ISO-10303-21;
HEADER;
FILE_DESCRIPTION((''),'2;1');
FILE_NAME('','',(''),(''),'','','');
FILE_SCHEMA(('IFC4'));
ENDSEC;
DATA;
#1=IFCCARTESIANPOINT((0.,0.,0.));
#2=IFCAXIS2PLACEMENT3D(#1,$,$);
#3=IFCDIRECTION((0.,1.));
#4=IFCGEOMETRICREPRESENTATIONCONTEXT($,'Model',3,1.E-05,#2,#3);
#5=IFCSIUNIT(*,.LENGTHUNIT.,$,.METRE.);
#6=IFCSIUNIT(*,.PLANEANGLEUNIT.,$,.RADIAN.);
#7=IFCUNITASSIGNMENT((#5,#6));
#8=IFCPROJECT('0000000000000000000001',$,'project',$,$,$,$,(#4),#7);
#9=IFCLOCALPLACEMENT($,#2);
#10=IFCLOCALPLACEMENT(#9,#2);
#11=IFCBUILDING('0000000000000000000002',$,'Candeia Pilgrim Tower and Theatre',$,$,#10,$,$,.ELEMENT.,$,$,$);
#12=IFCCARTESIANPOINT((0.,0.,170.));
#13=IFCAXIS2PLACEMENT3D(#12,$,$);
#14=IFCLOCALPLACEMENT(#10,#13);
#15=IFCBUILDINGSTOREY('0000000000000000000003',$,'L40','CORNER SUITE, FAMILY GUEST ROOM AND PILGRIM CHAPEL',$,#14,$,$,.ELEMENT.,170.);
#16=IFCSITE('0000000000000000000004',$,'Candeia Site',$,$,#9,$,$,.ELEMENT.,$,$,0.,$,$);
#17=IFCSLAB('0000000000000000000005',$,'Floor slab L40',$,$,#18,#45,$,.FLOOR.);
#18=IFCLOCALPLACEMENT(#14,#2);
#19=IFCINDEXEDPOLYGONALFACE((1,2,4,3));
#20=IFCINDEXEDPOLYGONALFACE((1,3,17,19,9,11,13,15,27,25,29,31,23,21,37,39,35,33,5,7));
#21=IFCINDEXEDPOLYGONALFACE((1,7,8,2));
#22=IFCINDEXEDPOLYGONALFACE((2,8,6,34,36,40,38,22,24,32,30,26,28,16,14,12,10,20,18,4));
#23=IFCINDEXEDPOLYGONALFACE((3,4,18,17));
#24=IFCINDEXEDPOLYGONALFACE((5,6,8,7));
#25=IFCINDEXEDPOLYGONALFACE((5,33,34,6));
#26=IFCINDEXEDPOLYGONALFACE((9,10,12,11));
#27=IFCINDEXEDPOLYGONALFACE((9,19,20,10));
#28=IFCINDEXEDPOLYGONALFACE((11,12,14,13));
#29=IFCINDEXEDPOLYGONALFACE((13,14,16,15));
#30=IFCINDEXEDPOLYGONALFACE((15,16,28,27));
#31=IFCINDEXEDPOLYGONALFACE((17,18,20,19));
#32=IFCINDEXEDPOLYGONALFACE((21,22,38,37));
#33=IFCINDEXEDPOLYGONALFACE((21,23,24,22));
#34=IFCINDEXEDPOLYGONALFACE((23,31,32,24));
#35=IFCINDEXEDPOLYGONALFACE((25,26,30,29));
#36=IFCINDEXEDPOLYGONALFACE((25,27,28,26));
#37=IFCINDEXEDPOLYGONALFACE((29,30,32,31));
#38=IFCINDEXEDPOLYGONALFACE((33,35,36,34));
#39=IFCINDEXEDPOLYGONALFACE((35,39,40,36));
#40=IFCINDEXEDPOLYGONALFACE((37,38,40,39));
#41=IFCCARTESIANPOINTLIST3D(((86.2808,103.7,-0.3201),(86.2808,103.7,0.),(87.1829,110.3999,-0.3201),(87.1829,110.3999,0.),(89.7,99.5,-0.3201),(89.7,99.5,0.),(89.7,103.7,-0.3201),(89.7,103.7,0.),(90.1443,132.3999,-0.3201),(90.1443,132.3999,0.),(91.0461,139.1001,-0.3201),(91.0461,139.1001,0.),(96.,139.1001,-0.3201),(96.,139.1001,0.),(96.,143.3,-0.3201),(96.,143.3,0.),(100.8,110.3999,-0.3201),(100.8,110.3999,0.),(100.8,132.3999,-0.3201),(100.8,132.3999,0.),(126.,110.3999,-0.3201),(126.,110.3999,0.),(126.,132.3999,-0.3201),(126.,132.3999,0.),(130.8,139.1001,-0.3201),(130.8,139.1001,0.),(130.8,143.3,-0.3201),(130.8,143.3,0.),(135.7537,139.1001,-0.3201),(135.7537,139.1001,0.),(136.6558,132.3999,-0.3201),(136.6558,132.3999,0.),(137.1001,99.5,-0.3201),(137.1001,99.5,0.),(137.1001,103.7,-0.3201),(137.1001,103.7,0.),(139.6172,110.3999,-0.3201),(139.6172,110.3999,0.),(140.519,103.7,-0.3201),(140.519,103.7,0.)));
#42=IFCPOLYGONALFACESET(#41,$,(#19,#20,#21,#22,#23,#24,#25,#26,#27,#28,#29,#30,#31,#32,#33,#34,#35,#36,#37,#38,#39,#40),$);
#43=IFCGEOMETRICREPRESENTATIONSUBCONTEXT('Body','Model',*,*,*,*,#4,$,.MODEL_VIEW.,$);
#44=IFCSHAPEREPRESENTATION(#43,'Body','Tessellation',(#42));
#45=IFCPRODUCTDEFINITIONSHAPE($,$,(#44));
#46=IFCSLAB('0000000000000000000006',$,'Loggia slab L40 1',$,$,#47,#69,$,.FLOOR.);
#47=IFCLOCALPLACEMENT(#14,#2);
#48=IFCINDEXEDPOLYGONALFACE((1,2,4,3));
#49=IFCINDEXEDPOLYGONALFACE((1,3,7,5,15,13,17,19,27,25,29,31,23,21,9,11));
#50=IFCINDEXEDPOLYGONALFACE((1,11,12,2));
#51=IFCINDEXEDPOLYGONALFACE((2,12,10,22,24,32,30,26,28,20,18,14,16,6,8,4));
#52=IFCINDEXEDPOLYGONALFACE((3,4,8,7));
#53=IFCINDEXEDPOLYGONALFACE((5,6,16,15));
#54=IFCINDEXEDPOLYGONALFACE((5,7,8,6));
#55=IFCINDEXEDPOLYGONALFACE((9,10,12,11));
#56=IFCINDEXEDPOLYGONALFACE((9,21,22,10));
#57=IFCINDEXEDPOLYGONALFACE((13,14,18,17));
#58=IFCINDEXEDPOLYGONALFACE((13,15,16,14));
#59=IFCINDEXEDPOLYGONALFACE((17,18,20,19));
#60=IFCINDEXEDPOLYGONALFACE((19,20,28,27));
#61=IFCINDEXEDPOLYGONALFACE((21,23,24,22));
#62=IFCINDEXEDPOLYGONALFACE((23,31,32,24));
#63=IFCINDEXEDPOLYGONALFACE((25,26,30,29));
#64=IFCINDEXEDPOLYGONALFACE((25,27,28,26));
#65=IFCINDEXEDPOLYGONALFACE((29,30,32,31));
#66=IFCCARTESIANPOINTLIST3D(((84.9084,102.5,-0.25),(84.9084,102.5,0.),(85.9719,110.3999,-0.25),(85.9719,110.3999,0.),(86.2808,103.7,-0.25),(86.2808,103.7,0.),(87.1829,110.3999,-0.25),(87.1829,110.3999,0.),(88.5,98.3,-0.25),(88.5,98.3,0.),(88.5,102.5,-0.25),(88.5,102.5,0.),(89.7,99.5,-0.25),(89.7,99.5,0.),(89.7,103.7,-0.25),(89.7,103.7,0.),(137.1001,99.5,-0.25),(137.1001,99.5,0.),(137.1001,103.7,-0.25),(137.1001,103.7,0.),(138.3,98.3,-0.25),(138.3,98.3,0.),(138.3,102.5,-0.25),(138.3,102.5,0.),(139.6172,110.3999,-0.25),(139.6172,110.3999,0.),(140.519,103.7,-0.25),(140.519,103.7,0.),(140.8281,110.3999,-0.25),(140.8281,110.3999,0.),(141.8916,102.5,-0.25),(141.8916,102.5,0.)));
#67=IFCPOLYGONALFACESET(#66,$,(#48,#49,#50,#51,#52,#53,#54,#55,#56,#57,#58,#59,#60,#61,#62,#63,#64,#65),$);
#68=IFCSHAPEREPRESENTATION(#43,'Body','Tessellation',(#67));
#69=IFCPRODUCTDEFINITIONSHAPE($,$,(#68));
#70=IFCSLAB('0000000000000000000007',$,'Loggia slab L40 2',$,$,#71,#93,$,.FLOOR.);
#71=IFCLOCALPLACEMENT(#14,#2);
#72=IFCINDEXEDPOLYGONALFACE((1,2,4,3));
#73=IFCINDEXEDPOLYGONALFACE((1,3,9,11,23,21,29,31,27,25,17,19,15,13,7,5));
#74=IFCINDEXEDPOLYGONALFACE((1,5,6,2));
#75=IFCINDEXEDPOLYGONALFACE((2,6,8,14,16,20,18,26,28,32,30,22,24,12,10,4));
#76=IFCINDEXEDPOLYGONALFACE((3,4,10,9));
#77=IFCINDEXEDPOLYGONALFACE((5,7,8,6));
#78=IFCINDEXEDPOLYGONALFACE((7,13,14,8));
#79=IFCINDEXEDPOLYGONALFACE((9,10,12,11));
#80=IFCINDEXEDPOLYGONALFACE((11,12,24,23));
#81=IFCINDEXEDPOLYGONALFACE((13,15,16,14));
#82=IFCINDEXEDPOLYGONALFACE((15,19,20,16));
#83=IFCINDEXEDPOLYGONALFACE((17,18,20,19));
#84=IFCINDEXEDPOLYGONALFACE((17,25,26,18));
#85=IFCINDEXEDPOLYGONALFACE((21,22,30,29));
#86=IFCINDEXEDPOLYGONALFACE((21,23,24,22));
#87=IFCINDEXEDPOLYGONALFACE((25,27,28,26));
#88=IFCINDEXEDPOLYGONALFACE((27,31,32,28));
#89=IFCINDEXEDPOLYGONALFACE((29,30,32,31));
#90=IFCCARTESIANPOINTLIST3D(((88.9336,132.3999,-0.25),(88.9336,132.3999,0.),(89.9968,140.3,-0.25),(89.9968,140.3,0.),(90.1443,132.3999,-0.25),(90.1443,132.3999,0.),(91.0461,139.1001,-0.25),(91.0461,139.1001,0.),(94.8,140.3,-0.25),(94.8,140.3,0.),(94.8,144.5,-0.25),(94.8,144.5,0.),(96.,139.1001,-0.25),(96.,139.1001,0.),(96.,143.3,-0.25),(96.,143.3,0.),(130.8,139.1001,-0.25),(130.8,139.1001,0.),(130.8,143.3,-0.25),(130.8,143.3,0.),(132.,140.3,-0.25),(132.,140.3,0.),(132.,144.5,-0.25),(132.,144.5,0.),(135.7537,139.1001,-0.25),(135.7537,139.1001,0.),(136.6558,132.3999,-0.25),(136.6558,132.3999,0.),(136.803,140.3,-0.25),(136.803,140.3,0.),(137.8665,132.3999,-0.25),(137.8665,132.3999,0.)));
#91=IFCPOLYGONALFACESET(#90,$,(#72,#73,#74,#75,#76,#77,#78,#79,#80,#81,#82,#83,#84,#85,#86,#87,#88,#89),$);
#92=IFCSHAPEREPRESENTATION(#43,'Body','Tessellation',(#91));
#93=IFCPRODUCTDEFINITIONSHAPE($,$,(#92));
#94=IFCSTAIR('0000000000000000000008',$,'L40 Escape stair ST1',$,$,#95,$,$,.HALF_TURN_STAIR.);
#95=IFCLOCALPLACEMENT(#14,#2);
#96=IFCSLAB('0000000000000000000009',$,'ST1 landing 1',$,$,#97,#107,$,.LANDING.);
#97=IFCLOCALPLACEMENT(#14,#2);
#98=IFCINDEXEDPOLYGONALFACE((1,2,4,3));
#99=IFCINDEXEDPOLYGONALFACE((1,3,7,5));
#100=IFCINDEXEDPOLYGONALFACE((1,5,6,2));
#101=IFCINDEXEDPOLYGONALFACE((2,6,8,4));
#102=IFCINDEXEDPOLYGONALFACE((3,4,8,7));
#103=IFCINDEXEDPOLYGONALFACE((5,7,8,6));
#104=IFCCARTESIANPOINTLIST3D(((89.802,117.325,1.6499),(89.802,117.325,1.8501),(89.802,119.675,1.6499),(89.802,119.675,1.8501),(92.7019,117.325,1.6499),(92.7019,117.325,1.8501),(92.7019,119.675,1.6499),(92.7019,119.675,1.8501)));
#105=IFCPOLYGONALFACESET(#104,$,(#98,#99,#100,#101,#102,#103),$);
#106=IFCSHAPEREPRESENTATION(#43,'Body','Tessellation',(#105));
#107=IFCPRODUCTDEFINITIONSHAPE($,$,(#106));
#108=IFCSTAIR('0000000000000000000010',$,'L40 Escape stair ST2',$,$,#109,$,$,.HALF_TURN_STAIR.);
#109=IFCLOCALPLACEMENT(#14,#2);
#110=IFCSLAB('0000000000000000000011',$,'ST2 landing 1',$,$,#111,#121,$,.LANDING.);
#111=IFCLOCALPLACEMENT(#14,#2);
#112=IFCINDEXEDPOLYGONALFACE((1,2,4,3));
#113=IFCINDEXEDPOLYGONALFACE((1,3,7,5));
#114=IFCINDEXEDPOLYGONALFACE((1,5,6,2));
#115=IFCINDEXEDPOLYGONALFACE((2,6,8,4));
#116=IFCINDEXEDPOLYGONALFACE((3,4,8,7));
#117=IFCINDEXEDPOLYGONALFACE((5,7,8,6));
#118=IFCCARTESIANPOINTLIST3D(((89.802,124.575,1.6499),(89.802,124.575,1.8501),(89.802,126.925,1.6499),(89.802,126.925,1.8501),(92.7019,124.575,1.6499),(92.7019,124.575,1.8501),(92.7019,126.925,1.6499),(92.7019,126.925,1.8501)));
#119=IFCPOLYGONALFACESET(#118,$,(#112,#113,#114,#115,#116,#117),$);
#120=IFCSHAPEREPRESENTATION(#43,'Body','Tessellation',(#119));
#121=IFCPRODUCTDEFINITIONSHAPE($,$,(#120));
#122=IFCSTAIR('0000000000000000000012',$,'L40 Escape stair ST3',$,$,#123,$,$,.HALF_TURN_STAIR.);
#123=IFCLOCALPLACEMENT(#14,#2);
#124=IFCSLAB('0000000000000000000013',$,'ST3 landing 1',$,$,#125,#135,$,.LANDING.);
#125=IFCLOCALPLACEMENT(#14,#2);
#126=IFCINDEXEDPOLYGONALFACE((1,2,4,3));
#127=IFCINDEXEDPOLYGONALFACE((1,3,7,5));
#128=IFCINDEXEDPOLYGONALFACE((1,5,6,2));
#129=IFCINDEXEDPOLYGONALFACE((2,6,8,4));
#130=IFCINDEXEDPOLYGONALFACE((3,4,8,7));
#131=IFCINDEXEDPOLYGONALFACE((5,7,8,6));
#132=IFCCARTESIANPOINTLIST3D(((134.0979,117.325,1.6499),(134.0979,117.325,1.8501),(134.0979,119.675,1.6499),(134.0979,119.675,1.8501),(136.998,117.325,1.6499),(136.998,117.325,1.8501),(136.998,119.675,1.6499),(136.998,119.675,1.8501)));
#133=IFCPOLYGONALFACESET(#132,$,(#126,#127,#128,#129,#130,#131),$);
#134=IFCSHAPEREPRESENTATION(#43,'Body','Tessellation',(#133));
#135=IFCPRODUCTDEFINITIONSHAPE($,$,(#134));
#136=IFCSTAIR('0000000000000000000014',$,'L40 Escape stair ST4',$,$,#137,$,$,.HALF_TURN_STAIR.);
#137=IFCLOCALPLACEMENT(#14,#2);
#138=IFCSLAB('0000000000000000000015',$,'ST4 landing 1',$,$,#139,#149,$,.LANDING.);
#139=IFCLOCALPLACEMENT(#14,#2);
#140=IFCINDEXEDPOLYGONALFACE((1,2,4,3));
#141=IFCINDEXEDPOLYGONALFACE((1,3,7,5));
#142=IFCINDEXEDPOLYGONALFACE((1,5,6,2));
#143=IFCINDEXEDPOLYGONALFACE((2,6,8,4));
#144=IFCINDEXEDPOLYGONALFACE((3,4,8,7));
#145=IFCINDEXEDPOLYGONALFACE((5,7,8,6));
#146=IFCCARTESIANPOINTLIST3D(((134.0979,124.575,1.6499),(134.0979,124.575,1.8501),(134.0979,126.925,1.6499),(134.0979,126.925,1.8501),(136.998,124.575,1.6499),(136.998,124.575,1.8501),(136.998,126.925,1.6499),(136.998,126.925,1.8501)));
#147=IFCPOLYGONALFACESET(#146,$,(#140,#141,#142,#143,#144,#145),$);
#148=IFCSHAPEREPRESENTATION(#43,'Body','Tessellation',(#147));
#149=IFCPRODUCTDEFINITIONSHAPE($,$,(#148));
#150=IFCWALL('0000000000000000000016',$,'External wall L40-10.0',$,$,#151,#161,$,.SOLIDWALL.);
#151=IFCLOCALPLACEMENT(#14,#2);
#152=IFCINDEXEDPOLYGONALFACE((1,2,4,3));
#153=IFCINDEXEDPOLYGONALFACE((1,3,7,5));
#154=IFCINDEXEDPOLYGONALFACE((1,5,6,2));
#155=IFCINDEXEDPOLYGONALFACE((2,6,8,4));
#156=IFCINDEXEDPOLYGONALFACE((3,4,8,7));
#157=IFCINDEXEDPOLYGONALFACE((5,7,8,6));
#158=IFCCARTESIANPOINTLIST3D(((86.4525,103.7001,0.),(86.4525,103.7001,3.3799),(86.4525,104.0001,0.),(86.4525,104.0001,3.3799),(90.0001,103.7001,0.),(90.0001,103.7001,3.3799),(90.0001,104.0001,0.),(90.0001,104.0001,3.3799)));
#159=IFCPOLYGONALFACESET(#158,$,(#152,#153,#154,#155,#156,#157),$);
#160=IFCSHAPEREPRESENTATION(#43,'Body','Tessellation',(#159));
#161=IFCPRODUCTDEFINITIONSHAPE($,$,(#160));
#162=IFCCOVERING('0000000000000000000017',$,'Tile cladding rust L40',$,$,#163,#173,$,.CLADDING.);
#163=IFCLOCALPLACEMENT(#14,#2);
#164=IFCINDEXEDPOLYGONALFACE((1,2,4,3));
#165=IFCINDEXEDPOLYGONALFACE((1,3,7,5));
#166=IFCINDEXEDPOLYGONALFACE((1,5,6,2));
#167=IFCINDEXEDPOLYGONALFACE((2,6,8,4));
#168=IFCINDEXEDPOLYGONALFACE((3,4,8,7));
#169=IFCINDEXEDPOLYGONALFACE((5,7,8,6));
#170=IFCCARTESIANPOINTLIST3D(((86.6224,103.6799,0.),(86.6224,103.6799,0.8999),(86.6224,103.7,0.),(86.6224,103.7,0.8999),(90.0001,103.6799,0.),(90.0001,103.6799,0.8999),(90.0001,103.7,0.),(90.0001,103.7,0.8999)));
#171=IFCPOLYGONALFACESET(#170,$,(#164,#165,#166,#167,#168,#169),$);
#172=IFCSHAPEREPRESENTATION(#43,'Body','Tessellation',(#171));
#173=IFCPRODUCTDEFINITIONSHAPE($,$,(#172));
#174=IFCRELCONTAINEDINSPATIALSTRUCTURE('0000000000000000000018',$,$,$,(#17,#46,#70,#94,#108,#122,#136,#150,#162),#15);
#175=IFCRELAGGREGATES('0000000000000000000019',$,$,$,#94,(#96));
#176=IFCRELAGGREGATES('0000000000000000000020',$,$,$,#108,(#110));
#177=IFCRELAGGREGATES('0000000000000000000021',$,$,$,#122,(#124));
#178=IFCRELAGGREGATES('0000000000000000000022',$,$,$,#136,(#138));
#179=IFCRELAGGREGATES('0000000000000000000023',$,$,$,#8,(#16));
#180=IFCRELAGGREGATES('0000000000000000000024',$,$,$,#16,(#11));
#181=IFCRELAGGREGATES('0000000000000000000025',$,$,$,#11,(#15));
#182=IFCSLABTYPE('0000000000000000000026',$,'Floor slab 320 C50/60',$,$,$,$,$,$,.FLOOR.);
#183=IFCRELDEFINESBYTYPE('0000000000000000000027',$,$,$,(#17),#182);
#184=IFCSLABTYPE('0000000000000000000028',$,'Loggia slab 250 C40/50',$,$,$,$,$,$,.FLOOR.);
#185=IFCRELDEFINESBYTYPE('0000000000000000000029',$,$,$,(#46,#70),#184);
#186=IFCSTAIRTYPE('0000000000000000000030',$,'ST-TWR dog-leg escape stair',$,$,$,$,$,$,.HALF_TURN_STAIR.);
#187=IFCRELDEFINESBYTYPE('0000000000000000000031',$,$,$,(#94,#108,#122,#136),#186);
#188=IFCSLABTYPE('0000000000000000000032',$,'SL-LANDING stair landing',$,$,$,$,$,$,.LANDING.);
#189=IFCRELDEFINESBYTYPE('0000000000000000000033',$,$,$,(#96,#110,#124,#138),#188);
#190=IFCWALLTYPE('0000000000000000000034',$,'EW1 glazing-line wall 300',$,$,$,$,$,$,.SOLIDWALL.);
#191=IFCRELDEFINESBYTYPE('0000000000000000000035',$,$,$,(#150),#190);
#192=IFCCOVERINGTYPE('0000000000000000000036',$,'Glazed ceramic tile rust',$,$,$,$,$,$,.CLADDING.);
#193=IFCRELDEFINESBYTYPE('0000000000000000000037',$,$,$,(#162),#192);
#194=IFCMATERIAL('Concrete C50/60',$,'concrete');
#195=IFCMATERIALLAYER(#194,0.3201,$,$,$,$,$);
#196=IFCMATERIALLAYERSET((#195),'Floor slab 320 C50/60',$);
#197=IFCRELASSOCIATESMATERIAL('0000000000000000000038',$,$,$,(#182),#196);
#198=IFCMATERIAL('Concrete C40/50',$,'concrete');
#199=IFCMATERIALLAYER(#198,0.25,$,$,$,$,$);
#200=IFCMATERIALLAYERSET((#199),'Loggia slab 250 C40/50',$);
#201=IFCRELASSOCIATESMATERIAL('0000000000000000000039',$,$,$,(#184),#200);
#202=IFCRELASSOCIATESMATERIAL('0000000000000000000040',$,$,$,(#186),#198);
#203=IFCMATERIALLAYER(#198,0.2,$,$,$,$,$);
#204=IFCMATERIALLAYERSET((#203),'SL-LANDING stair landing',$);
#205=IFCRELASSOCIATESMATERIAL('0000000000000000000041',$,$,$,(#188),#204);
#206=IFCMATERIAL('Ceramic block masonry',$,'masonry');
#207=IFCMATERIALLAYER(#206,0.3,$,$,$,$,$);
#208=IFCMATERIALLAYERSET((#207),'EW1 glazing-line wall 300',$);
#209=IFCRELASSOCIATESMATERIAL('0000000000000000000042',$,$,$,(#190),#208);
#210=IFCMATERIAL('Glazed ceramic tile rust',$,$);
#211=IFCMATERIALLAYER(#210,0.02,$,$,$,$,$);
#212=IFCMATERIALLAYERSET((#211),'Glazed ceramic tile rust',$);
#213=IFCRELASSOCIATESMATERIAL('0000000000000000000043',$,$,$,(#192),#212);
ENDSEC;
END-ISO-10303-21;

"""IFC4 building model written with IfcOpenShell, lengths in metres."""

from ifc_helpers import new_model, si_unit, direction, frame, frame_2d, origin, origin_2d, place, context, subcontext, project, spatial, polyline, rectangle, outline, extrude, material, layer, layer_set, type_object, element, aggregate, save


model = new_model("IFC4")

# Units and contexts
model_context = context("Model", 3, precision=1e-05, world=origin(), true_north=direction((0.0, 1.0)))
body_context = subcontext(model_context, "Body", "Model", "MODEL_VIEW")
ifc_project = project(units=[si_unit("LENGTHUNIT", "METRE"), si_unit("PLANEANGLEUNIT", "RADIAN")], contexts=[model_context])

# Site, building, storey
site_placement = place(None, origin())
site = spatial("IfcSite", under=ifc_project, at=site_placement, Name="Candeia Site", CompositionType="ELEMENT", RefElevation=0.0)
building_placement = place(site_placement, origin())
building = spatial("IfcBuilding", under=site, at=building_placement, Name="Candeia Pilgrim Tower and Theatre", CompositionType="ELEMENT")
storey_placement = place(building_placement, frame((0.0, 0.0, 170.0)))
storey = spatial("IfcBuildingStorey", under=building, at=storey_placement, Name="L40", Description="CORNER SUITE, FAMILY GUEST ROOM AND PILGRIM CHAPEL", CompositionType="ELEMENT", Elevation=170.0)

# Slabs
ifc_material_1 = material(Name="Concrete C40/50", Category="concrete")
ifc_material_2 = material(Name="Concrete C50/60", Category="concrete")
ifc_layer_1 = layer(ifc_material_2, 0.3201)
ifc_layer_set_1 = layer_set([ifc_layer_1], Name="Floor slab 320 C50/60")
slab_type_1 = type_object("IfcSlabType", Name="Floor slab 320 C50/60", PredefinedType="FLOOR", material=ifc_layer_set_1)
slab_1_placement = place(storey_placement, frame((0.0, 0.0, -0.3201)))
element("IfcSlab", 1, at=slab_1_placement, inside=storey, type_object=slab_type_1, Name="Floor slab L40", PredefinedType="FLOOR", context=body_context, shape_type="SweptSolid", body=[
    extrude(outline(polyline([(96.0, 139.1001), (96.0, 143.3), (130.8, 143.3), (130.8, 139.1001), (135.7537, 139.1001), (136.6558, 132.3999), (126.0, 132.3999), (126.0, 110.3999), (139.6172, 110.3999), (140.519, 103.7), (137.1001, 103.7), (137.1001, 99.5), (89.7, 99.5), (89.7, 103.7), (86.2808, 103.7), (87.1829, 110.3999), (100.8, 110.3999), (100.8, 132.3999), (90.1443, 132.3999), (91.0461, 139.1001), (96.0, 139.1001)])), origin(), (0.0, 0.0, 1.0), 0.3201),
])
ifc_layer_2 = layer(ifc_material_1, 0.25)
ifc_layer_set_2 = layer_set([ifc_layer_2], Name="Loggia slab 250 C40/50")
slab_type_2 = type_object("IfcSlabType", Name="Loggia slab 250 C40/50", PredefinedType="FLOOR", material=ifc_layer_set_2)
slab_2_placement = place(storey_placement, frame((0.0, 0.0, -0.25)))
element("IfcSlab", 2, at=slab_2_placement, inside=storey, type_object=slab_type_2, Name="Loggia slab L40 1", PredefinedType="FLOOR", context=body_context, shape_type="SweptSolid", body=[
    extrude(outline(polyline([(87.1829, 110.3999), (86.2808, 103.7), (89.7, 103.7), (89.7, 99.5), (137.1001, 99.5), (137.1001, 103.7), (140.519, 103.7), (139.6172, 110.3999), (140.8281, 110.3999), (141.8916, 102.5), (138.3, 102.5), (138.3, 98.3), (88.5, 98.3), (88.5, 102.5), (84.9084, 102.5), (85.9719, 110.3999), (87.1829, 110.3999)])), origin(), (0.0, 0.0, 1.0), 0.25),
])
slab_3_placement = place(storey_placement, frame((0.0, 0.0, -0.25)))
element("IfcSlab", 3, at=slab_3_placement, inside=storey, type_object=slab_type_2, Name="Loggia slab L40 2", PredefinedType="FLOOR", context=body_context, shape_type="SweptSolid", body=[
    extrude(outline(polyline([(136.6558, 132.3999), (135.7537, 139.1001), (130.8, 139.1001), (130.8, 143.3), (96.0, 143.3), (96.0, 139.1001), (91.0461, 139.1001), (90.1443, 132.3999), (88.9336, 132.3999), (89.9968, 140.3), (94.8, 140.3), (94.8, 144.5), (132.0, 144.5), (132.0, 140.3), (136.803, 140.3), (137.8665, 132.3999), (136.6558, 132.3999)])), origin(), (0.0, 0.0, 1.0), 0.25),
])

# Stairs, slabs
stair_type = type_object("IfcStairType", Name="ST-TWR dog-leg escape stair", PredefinedType="HALF_TURN_STAIR", material=ifc_material_1)
stair_1_placement = place(storey_placement, origin())
stair_1 = element("IfcStair", 4, at=stair_1_placement, inside=storey, type_object=stair_type, Name="L40 Escape stair ST1", PredefinedType="HALF_TURN_STAIR")
ifc_layer_3 = layer(ifc_material_1, 0.2)
ifc_layer_set_3 = layer_set([ifc_layer_3], Name="SL-LANDING stair landing")
slab_type_3 = type_object("IfcSlabType", Name="SL-LANDING stair landing", PredefinedType="LANDING", material=ifc_layer_set_3)
slab_4_placement = place(storey_placement, frame((0.0, 0.0, 1.6499)))
slab_4 = element("IfcSlab", 5, at=slab_4_placement, type_object=slab_type_3, Name="ST1 landing 1", PredefinedType="LANDING", context=body_context, shape_type="SweptSolid", body=[
    extrude(outline(polyline([(89.802, 119.675), (89.802, 117.325), (92.7019, 117.325), (92.7019, 119.675), (89.802, 119.675)])), origin(), (0.0, 0.0, 1.0), 0.2002),
])
aggregate(stair_1, [slab_4])
stair_2_placement = place(storey_placement, origin())
stair_2 = element("IfcStair", 6, at=stair_2_placement, inside=storey, type_object=stair_type, Name="L40 Escape stair ST2", PredefinedType="HALF_TURN_STAIR")
slab_5_placement = place(storey_placement, frame((0.0, 0.0, 1.6499)))
slab_5 = element("IfcSlab", 7, at=slab_5_placement, type_object=slab_type_3, Name="ST2 landing 1", PredefinedType="LANDING", context=body_context, shape_type="SweptSolid", body=[
    extrude(outline(polyline([(89.802, 126.925), (89.802, 124.575), (92.7019, 124.575), (92.7019, 126.925), (89.802, 126.925)])), origin(), (0.0, 0.0, 1.0), 0.2002),
])
aggregate(stair_2, [slab_5])
stair_3_placement = place(storey_placement, origin())
stair_3 = element("IfcStair", 8, at=stair_3_placement, inside=storey, type_object=stair_type, Name="L40 Escape stair ST3", PredefinedType="HALF_TURN_STAIR")
slab_6_placement = place(storey_placement, frame((0.0, 0.0, 1.6499)))
slab_6 = element("IfcSlab", 9, at=slab_6_placement, type_object=slab_type_3, Name="ST3 landing 1", PredefinedType="LANDING", context=body_context, shape_type="SweptSolid", body=[
    extrude(outline(polyline([(134.0979, 119.675), (134.0979, 117.325), (136.998, 117.325), (136.998, 119.675), (134.0979, 119.675)])), origin(), (0.0, 0.0, 1.0), 0.2002),
])
aggregate(stair_3, [slab_6])
stair_4_placement = place(storey_placement, origin())
stair_4 = element("IfcStair", 10, at=stair_4_placement, inside=storey, type_object=stair_type, Name="L40 Escape stair ST4", PredefinedType="HALF_TURN_STAIR")
slab_7_placement = place(storey_placement, frame((0.0, 0.0, 1.6499)))
slab_7 = element("IfcSlab", 11, at=slab_7_placement, type_object=slab_type_3, Name="ST4 landing 1", PredefinedType="LANDING", context=body_context, shape_type="SweptSolid", body=[
    extrude(outline(polyline([(134.0979, 126.925), (134.0979, 124.575), (136.998, 124.575), (136.998, 126.925), (134.0979, 126.925)])), origin(), (0.0, 0.0, 1.0), 0.2002),
])
aggregate(stair_4, [slab_7])

# Wall
ifc_material_3 = material(Name="Ceramic block masonry", Category="masonry")
ifc_layer_4 = layer(ifc_material_3, 0.3)
ifc_layer_set_4 = layer_set([ifc_layer_4], Name="EW1 glazing-line wall 300")
wall_type = type_object("IfcWallType", Name="EW1 glazing-line wall 300", PredefinedType="SOLIDWALL", material=ifc_layer_set_4)
wall_placement = place(storey_placement, frame((86.4524, 103.8501, 0.0), z_axis=(0.0, 0.0, 1.0), x_axis=(1.0, 0.0, 0.0)))
element("IfcWall", 12, at=wall_placement, inside=storey, type_object=wall_type, Name="External wall L40-10.0", PredefinedType="SOLIDWALL", context=body_context, shape_type="SweptSolid", body=[
    extrude(rectangle(XDim=3.5476, YDim=0.3, at=frame_2d((1.7739, 0.0))), origin(), (0.0, 0.0, 1.0), 3.3799),
])

# Covering
ifc_material_4 = material(Name="Glazed ceramic tile rust")
ifc_layer_5 = layer(ifc_material_4, 0.02)
ifc_layer_set_5 = layer_set([ifc_layer_5], Name="Glazed ceramic tile rust")
covering_type = type_object("IfcCoveringType", Name="Glazed ceramic tile rust", PredefinedType="CLADDING", material=ifc_layer_set_5)
covering_placement = place(storey_placement, frame((88.3113, 103.6899, 0.0), z_axis=(0.0, 0.0, 1.0), x_axis=(1.0, 0.0, 0.0)))
element("IfcCovering", 13, at=covering_placement, inside=storey, type_object=covering_type, Name="Tile cladding rust L40", PredefinedType="CLADDING", context=body_context, shape_type="SweptSolid", body=[
    extrude(rectangle(XDim=3.3777, YDim=0.02, at=origin_2d()), origin(), (0.0, 0.0, 1.0), 0.8999),
])

save(model, "model.ifc")
